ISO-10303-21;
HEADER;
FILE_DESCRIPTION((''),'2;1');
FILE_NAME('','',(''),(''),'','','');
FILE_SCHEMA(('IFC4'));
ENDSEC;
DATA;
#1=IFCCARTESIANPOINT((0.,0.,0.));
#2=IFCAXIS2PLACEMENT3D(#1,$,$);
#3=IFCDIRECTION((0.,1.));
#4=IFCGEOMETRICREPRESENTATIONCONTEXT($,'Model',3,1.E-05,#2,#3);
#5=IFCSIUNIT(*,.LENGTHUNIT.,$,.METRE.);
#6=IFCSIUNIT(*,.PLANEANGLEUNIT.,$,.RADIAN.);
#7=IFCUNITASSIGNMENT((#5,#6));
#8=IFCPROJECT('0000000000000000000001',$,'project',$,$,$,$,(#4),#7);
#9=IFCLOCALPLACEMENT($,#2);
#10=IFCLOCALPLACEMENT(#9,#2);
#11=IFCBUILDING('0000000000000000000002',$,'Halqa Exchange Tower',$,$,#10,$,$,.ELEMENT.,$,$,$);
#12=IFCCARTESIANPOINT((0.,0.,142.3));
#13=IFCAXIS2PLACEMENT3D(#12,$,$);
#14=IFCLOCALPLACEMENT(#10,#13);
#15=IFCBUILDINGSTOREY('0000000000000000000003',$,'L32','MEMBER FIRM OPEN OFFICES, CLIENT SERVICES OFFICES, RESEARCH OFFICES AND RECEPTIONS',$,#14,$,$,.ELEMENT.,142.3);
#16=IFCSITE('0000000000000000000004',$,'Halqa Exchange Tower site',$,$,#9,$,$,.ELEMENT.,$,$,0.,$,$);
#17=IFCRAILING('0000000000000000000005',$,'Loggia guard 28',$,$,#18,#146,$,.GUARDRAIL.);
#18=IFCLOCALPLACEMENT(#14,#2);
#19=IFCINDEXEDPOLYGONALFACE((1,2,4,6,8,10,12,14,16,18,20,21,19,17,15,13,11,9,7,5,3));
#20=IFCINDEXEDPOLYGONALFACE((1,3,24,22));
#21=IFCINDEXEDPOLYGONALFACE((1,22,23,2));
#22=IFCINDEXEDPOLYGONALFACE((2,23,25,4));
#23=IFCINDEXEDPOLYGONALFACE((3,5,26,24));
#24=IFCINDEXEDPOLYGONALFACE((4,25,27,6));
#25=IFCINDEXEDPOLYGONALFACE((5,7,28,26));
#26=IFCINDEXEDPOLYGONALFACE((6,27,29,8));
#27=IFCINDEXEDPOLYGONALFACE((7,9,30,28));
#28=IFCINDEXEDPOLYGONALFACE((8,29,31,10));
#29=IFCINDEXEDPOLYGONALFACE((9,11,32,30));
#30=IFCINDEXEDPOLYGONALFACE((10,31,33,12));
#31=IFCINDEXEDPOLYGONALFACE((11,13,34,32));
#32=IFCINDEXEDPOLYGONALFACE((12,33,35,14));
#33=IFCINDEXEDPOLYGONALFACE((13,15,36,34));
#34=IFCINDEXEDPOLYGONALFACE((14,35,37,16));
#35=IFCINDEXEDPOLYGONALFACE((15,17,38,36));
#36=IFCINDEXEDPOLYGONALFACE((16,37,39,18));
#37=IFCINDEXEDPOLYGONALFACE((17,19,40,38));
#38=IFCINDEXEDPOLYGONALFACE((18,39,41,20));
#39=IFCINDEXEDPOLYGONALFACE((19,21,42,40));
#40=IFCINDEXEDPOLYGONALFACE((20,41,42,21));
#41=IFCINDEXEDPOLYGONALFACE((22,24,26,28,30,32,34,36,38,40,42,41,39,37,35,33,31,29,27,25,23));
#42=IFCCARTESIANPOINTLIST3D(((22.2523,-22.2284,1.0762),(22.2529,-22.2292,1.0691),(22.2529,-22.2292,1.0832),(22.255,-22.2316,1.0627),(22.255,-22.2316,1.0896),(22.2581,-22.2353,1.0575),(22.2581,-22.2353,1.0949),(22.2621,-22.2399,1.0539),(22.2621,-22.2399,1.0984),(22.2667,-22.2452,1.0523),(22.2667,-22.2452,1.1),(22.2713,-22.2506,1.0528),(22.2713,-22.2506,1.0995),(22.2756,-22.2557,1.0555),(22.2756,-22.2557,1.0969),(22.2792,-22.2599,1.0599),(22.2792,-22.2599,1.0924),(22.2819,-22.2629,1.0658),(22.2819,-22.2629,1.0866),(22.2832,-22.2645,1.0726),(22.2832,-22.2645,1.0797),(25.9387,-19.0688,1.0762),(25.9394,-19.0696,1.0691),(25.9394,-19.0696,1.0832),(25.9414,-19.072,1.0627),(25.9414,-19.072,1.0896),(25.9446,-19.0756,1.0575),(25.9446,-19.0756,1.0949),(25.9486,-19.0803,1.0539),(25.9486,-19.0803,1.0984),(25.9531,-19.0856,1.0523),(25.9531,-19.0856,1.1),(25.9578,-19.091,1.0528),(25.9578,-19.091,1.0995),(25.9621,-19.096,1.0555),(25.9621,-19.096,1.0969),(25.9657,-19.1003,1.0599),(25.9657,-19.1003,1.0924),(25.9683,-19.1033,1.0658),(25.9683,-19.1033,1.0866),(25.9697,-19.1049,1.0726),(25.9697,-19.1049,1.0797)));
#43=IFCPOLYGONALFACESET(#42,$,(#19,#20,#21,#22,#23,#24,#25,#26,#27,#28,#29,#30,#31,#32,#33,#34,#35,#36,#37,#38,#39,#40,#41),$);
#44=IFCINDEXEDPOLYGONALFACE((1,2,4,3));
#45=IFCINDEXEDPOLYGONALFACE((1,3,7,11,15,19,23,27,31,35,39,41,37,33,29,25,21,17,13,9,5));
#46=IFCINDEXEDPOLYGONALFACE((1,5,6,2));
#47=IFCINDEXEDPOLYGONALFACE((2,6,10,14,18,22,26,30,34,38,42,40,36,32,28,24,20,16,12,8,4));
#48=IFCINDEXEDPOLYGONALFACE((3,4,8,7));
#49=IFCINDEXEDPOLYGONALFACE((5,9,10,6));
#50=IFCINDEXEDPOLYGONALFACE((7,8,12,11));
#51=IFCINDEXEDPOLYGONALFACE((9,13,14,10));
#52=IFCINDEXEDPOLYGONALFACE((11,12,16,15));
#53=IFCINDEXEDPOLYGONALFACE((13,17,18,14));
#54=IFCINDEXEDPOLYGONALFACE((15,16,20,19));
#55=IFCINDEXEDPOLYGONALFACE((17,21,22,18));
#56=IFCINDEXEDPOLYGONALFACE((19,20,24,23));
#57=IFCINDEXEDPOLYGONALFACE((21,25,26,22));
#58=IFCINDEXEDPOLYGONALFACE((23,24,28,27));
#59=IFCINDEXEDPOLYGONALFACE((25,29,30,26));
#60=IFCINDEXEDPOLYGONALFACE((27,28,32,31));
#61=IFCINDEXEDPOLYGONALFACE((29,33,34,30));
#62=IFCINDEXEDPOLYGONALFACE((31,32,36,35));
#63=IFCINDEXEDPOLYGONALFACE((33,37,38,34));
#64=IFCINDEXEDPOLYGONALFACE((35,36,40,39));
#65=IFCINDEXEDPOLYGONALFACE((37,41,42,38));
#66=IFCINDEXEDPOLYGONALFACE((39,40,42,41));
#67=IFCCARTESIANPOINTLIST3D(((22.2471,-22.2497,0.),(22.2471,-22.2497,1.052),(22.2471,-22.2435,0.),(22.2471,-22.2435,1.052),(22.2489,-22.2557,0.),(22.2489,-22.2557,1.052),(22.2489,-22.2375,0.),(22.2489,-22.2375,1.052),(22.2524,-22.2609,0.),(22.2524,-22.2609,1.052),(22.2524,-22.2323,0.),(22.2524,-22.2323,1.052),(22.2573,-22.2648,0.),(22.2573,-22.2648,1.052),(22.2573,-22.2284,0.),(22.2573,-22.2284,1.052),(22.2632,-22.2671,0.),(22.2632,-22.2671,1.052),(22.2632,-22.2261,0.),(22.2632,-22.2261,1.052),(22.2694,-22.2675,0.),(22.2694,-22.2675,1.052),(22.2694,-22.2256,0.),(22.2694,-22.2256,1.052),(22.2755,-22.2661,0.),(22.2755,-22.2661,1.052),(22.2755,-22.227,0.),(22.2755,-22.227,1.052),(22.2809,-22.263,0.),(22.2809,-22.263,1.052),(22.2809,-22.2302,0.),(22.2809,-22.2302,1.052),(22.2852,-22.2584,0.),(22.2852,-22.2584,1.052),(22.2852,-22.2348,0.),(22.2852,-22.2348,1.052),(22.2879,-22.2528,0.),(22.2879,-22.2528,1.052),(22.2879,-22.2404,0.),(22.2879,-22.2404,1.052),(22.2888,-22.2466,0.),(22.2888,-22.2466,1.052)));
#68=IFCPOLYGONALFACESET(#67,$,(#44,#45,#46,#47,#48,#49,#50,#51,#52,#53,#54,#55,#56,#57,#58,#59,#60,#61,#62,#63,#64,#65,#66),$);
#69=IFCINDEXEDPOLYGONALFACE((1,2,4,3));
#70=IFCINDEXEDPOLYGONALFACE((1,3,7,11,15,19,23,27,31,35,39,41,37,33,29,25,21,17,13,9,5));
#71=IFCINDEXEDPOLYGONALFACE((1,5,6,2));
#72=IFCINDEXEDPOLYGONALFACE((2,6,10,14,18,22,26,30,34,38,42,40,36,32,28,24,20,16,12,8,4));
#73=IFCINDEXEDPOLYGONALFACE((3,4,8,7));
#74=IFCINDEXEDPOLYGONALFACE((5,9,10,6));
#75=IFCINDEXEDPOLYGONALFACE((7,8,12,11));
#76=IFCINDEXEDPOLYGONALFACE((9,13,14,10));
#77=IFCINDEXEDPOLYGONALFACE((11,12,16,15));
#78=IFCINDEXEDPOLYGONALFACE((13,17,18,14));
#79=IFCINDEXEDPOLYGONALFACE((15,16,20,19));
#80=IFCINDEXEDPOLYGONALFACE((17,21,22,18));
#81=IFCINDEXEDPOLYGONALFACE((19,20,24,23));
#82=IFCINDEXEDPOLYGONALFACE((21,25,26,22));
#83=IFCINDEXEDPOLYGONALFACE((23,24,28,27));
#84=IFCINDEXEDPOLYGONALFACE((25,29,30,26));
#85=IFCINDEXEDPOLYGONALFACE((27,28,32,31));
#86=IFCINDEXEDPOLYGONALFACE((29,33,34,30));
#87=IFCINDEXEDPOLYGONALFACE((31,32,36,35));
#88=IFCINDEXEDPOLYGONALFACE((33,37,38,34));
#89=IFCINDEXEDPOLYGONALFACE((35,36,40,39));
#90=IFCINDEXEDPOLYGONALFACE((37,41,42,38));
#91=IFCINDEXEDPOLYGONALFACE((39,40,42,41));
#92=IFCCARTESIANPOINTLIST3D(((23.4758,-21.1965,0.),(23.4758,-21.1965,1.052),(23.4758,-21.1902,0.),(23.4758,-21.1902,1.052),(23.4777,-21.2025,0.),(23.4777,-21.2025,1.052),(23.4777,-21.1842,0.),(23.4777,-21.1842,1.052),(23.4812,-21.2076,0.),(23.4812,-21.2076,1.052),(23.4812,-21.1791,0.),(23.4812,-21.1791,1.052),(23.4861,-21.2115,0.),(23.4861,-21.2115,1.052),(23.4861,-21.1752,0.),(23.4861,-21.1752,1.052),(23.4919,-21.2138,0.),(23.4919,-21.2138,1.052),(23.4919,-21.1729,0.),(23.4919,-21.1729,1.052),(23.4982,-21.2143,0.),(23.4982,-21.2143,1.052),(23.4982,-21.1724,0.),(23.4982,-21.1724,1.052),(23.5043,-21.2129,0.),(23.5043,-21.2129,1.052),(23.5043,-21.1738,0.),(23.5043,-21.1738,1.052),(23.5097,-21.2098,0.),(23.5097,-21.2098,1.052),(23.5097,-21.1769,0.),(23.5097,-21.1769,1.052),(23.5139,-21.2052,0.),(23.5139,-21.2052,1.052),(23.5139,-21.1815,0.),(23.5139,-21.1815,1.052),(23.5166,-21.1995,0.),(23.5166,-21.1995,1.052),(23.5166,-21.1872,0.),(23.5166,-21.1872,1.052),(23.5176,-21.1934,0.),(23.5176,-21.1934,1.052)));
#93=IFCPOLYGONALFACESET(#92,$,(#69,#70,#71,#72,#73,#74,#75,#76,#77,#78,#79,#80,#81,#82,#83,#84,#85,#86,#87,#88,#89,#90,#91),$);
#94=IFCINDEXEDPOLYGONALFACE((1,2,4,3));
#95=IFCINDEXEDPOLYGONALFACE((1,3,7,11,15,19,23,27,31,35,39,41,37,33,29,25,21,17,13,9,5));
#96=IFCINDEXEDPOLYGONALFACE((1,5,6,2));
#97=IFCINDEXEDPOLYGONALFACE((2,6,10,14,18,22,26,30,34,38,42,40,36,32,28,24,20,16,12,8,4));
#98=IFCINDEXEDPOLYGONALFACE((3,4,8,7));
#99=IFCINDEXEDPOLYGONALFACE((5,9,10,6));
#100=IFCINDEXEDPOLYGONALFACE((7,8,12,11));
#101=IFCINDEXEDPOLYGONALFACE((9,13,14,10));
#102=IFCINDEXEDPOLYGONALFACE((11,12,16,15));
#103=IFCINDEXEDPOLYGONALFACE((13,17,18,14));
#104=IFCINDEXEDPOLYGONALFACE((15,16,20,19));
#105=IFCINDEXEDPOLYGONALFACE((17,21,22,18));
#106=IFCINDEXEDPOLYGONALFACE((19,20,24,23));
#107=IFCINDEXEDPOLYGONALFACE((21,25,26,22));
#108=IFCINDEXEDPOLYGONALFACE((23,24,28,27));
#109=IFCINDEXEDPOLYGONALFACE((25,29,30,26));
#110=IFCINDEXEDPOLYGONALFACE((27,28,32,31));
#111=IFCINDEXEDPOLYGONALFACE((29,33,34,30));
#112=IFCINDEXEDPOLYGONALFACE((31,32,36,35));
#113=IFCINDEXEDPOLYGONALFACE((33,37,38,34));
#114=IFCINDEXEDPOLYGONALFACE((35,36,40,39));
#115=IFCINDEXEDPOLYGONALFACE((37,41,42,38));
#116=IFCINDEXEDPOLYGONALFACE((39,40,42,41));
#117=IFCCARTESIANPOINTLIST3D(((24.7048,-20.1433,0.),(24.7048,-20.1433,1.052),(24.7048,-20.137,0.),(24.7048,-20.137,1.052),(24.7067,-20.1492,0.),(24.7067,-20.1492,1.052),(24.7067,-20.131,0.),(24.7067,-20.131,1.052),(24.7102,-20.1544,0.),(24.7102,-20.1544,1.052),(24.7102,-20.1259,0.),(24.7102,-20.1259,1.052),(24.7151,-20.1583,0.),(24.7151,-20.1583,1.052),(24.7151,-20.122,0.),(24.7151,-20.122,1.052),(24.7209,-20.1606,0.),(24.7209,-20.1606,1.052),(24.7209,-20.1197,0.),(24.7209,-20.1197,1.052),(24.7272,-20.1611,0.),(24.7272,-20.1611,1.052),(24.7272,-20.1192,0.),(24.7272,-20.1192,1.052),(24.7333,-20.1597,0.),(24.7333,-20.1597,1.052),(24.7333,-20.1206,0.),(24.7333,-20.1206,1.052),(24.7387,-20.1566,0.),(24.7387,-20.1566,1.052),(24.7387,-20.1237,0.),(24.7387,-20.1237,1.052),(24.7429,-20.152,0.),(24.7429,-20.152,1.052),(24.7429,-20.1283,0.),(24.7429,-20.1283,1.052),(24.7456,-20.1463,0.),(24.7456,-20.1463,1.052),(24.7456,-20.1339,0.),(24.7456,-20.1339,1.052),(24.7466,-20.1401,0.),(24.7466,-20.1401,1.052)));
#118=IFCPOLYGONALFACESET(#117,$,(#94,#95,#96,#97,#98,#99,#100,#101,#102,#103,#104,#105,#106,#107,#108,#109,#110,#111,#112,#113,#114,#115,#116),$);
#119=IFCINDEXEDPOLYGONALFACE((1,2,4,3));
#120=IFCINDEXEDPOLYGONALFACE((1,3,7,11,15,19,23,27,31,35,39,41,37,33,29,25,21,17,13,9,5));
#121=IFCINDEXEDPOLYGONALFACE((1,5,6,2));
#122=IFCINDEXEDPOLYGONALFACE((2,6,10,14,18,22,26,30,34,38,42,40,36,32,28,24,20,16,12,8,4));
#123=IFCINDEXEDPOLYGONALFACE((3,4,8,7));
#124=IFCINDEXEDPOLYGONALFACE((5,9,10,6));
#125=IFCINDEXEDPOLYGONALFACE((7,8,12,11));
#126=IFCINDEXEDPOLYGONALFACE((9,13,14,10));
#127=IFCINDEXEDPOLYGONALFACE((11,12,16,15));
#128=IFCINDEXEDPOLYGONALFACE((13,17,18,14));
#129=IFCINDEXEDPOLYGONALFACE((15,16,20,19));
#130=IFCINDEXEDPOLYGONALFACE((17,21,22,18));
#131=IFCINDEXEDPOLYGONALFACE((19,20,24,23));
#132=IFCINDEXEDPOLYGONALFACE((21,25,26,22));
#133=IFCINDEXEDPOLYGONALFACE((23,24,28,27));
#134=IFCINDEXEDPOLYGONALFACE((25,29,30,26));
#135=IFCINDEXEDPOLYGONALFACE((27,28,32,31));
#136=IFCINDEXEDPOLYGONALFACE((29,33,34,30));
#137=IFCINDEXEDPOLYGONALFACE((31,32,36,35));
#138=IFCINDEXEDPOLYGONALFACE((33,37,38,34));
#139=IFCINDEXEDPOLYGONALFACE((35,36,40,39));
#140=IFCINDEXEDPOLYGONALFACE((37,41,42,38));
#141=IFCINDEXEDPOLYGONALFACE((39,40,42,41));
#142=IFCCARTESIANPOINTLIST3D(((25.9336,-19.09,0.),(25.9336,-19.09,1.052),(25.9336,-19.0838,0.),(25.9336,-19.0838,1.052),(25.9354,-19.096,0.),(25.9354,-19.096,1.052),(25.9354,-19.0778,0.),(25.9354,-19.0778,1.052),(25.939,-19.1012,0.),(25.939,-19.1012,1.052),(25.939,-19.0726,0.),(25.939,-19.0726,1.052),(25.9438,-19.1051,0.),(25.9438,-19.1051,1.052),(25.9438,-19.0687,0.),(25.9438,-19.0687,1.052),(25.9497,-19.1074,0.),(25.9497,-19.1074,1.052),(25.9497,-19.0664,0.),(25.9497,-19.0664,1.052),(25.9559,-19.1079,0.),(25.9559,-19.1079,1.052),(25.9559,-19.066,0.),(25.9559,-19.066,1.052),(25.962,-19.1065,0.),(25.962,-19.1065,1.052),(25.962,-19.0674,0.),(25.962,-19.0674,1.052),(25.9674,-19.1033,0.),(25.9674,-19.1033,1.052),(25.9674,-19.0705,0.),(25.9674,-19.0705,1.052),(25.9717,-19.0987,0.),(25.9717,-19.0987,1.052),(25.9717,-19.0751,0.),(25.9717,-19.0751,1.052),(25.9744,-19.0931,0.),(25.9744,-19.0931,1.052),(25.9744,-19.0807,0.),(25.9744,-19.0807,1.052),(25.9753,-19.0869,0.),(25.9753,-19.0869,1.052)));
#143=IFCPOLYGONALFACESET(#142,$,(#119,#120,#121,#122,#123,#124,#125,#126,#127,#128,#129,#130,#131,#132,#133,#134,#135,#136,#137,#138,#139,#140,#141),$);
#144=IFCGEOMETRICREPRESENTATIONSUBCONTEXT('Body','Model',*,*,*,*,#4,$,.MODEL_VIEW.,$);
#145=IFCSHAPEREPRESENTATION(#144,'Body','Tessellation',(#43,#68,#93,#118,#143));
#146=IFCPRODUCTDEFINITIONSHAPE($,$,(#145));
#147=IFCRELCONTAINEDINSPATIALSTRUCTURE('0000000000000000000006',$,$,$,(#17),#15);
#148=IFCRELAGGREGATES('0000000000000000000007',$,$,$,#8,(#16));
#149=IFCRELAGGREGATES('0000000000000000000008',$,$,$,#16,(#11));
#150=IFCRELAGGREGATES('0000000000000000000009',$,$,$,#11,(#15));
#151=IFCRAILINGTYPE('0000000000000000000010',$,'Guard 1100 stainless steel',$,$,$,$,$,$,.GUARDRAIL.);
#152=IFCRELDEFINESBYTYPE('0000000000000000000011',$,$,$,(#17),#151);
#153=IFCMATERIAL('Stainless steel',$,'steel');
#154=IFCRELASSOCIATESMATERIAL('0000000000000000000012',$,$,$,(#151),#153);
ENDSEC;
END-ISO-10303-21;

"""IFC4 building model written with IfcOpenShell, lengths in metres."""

from ifc_helpers import new_model, si_unit, direction, frame, origin, origin_2d, place, context, subcontext, project, spatial, circle, extrude, material, type_object, element, save


model = new_model("IFC4")

# Units and contexts
model_context = context("Model", 3, precision=1e-05, world=origin(), true_north=direction((0.0, 1.0)))
body_context = subcontext(model_context, "Body", "Model", "MODEL_VIEW")
ifc_project = project(units=[si_unit("LENGTHUNIT", "METRE"), si_unit("PLANEANGLEUNIT", "RADIAN")], contexts=[model_context])

# Site, building, storey
site_placement = place(None, origin())
site = spatial("IfcSite", under=ifc_project, at=site_placement, Name="Halqa Exchange Tower site", CompositionType="ELEMENT", RefElevation=0.0)
building_placement = place(site_placement, origin())
building = spatial("IfcBuilding", under=site, at=building_placement, Name="Halqa Exchange Tower", CompositionType="ELEMENT")
storey_placement = place(building_placement, frame((0.0, 0.0, 142.3)))
storey = spatial("IfcBuildingStorey", under=building, at=storey_placement, Name="L32", Description="MEMBER FIRM OPEN OFFICES, CLIENT SERVICES OFFICES, RESEARCH OFFICES AND RECEPTIONS", CompositionType="ELEMENT", Elevation=142.3)

# Railing
ifc_material_1 = material(Name="Stainless steel", Category="steel")
railing_type = type_object("IfcRailingType", Name="Guard 1100 stainless steel", PredefinedType="GUARDRAIL", material=ifc_material_1)
railing_1_placement = place(storey_placement, frame((22.2678, -22.2466, 0.0)))
element("IfcRailing", 1, at=railing_1_placement, inside=storey, type_object=railing_type, Name="Loggia guard 28", PredefinedType="GUARDRAIL", context=body_context, shape_type="SweptSolid", body=[
    extrude(circle(Radius=0.0239, at=origin_2d()), frame((0.0, 0.0, 1.0762), z_axis=(0.759278, 0.650767, 0.0), x_axis=(-0.650767, 0.759278, 0.0)), (0.0, 0.0, 1.0), 4.8552),
    extrude(circle(Radius=0.021, at=origin_2d()), origin(), (0.0, 0.0, 1.0), 1.052),
    extrude(circle(Radius=0.021, at=origin_2d()), frame((1.2288, 1.0532, 0.0)), (0.0, 0.0, 1.0), 1.052),
    extrude(circle(Radius=0.021, at=origin_2d()), frame((2.4578, 2.1064, 0.0)), (0.0, 0.0, 1.0), 1.052),
    extrude(circle(Radius=0.021, at=origin_2d()), frame((3.6865, 3.1597, 0.0)), (0.0, 0.0, 1.0), 1.052),
])

save(model, "model.ifc")
